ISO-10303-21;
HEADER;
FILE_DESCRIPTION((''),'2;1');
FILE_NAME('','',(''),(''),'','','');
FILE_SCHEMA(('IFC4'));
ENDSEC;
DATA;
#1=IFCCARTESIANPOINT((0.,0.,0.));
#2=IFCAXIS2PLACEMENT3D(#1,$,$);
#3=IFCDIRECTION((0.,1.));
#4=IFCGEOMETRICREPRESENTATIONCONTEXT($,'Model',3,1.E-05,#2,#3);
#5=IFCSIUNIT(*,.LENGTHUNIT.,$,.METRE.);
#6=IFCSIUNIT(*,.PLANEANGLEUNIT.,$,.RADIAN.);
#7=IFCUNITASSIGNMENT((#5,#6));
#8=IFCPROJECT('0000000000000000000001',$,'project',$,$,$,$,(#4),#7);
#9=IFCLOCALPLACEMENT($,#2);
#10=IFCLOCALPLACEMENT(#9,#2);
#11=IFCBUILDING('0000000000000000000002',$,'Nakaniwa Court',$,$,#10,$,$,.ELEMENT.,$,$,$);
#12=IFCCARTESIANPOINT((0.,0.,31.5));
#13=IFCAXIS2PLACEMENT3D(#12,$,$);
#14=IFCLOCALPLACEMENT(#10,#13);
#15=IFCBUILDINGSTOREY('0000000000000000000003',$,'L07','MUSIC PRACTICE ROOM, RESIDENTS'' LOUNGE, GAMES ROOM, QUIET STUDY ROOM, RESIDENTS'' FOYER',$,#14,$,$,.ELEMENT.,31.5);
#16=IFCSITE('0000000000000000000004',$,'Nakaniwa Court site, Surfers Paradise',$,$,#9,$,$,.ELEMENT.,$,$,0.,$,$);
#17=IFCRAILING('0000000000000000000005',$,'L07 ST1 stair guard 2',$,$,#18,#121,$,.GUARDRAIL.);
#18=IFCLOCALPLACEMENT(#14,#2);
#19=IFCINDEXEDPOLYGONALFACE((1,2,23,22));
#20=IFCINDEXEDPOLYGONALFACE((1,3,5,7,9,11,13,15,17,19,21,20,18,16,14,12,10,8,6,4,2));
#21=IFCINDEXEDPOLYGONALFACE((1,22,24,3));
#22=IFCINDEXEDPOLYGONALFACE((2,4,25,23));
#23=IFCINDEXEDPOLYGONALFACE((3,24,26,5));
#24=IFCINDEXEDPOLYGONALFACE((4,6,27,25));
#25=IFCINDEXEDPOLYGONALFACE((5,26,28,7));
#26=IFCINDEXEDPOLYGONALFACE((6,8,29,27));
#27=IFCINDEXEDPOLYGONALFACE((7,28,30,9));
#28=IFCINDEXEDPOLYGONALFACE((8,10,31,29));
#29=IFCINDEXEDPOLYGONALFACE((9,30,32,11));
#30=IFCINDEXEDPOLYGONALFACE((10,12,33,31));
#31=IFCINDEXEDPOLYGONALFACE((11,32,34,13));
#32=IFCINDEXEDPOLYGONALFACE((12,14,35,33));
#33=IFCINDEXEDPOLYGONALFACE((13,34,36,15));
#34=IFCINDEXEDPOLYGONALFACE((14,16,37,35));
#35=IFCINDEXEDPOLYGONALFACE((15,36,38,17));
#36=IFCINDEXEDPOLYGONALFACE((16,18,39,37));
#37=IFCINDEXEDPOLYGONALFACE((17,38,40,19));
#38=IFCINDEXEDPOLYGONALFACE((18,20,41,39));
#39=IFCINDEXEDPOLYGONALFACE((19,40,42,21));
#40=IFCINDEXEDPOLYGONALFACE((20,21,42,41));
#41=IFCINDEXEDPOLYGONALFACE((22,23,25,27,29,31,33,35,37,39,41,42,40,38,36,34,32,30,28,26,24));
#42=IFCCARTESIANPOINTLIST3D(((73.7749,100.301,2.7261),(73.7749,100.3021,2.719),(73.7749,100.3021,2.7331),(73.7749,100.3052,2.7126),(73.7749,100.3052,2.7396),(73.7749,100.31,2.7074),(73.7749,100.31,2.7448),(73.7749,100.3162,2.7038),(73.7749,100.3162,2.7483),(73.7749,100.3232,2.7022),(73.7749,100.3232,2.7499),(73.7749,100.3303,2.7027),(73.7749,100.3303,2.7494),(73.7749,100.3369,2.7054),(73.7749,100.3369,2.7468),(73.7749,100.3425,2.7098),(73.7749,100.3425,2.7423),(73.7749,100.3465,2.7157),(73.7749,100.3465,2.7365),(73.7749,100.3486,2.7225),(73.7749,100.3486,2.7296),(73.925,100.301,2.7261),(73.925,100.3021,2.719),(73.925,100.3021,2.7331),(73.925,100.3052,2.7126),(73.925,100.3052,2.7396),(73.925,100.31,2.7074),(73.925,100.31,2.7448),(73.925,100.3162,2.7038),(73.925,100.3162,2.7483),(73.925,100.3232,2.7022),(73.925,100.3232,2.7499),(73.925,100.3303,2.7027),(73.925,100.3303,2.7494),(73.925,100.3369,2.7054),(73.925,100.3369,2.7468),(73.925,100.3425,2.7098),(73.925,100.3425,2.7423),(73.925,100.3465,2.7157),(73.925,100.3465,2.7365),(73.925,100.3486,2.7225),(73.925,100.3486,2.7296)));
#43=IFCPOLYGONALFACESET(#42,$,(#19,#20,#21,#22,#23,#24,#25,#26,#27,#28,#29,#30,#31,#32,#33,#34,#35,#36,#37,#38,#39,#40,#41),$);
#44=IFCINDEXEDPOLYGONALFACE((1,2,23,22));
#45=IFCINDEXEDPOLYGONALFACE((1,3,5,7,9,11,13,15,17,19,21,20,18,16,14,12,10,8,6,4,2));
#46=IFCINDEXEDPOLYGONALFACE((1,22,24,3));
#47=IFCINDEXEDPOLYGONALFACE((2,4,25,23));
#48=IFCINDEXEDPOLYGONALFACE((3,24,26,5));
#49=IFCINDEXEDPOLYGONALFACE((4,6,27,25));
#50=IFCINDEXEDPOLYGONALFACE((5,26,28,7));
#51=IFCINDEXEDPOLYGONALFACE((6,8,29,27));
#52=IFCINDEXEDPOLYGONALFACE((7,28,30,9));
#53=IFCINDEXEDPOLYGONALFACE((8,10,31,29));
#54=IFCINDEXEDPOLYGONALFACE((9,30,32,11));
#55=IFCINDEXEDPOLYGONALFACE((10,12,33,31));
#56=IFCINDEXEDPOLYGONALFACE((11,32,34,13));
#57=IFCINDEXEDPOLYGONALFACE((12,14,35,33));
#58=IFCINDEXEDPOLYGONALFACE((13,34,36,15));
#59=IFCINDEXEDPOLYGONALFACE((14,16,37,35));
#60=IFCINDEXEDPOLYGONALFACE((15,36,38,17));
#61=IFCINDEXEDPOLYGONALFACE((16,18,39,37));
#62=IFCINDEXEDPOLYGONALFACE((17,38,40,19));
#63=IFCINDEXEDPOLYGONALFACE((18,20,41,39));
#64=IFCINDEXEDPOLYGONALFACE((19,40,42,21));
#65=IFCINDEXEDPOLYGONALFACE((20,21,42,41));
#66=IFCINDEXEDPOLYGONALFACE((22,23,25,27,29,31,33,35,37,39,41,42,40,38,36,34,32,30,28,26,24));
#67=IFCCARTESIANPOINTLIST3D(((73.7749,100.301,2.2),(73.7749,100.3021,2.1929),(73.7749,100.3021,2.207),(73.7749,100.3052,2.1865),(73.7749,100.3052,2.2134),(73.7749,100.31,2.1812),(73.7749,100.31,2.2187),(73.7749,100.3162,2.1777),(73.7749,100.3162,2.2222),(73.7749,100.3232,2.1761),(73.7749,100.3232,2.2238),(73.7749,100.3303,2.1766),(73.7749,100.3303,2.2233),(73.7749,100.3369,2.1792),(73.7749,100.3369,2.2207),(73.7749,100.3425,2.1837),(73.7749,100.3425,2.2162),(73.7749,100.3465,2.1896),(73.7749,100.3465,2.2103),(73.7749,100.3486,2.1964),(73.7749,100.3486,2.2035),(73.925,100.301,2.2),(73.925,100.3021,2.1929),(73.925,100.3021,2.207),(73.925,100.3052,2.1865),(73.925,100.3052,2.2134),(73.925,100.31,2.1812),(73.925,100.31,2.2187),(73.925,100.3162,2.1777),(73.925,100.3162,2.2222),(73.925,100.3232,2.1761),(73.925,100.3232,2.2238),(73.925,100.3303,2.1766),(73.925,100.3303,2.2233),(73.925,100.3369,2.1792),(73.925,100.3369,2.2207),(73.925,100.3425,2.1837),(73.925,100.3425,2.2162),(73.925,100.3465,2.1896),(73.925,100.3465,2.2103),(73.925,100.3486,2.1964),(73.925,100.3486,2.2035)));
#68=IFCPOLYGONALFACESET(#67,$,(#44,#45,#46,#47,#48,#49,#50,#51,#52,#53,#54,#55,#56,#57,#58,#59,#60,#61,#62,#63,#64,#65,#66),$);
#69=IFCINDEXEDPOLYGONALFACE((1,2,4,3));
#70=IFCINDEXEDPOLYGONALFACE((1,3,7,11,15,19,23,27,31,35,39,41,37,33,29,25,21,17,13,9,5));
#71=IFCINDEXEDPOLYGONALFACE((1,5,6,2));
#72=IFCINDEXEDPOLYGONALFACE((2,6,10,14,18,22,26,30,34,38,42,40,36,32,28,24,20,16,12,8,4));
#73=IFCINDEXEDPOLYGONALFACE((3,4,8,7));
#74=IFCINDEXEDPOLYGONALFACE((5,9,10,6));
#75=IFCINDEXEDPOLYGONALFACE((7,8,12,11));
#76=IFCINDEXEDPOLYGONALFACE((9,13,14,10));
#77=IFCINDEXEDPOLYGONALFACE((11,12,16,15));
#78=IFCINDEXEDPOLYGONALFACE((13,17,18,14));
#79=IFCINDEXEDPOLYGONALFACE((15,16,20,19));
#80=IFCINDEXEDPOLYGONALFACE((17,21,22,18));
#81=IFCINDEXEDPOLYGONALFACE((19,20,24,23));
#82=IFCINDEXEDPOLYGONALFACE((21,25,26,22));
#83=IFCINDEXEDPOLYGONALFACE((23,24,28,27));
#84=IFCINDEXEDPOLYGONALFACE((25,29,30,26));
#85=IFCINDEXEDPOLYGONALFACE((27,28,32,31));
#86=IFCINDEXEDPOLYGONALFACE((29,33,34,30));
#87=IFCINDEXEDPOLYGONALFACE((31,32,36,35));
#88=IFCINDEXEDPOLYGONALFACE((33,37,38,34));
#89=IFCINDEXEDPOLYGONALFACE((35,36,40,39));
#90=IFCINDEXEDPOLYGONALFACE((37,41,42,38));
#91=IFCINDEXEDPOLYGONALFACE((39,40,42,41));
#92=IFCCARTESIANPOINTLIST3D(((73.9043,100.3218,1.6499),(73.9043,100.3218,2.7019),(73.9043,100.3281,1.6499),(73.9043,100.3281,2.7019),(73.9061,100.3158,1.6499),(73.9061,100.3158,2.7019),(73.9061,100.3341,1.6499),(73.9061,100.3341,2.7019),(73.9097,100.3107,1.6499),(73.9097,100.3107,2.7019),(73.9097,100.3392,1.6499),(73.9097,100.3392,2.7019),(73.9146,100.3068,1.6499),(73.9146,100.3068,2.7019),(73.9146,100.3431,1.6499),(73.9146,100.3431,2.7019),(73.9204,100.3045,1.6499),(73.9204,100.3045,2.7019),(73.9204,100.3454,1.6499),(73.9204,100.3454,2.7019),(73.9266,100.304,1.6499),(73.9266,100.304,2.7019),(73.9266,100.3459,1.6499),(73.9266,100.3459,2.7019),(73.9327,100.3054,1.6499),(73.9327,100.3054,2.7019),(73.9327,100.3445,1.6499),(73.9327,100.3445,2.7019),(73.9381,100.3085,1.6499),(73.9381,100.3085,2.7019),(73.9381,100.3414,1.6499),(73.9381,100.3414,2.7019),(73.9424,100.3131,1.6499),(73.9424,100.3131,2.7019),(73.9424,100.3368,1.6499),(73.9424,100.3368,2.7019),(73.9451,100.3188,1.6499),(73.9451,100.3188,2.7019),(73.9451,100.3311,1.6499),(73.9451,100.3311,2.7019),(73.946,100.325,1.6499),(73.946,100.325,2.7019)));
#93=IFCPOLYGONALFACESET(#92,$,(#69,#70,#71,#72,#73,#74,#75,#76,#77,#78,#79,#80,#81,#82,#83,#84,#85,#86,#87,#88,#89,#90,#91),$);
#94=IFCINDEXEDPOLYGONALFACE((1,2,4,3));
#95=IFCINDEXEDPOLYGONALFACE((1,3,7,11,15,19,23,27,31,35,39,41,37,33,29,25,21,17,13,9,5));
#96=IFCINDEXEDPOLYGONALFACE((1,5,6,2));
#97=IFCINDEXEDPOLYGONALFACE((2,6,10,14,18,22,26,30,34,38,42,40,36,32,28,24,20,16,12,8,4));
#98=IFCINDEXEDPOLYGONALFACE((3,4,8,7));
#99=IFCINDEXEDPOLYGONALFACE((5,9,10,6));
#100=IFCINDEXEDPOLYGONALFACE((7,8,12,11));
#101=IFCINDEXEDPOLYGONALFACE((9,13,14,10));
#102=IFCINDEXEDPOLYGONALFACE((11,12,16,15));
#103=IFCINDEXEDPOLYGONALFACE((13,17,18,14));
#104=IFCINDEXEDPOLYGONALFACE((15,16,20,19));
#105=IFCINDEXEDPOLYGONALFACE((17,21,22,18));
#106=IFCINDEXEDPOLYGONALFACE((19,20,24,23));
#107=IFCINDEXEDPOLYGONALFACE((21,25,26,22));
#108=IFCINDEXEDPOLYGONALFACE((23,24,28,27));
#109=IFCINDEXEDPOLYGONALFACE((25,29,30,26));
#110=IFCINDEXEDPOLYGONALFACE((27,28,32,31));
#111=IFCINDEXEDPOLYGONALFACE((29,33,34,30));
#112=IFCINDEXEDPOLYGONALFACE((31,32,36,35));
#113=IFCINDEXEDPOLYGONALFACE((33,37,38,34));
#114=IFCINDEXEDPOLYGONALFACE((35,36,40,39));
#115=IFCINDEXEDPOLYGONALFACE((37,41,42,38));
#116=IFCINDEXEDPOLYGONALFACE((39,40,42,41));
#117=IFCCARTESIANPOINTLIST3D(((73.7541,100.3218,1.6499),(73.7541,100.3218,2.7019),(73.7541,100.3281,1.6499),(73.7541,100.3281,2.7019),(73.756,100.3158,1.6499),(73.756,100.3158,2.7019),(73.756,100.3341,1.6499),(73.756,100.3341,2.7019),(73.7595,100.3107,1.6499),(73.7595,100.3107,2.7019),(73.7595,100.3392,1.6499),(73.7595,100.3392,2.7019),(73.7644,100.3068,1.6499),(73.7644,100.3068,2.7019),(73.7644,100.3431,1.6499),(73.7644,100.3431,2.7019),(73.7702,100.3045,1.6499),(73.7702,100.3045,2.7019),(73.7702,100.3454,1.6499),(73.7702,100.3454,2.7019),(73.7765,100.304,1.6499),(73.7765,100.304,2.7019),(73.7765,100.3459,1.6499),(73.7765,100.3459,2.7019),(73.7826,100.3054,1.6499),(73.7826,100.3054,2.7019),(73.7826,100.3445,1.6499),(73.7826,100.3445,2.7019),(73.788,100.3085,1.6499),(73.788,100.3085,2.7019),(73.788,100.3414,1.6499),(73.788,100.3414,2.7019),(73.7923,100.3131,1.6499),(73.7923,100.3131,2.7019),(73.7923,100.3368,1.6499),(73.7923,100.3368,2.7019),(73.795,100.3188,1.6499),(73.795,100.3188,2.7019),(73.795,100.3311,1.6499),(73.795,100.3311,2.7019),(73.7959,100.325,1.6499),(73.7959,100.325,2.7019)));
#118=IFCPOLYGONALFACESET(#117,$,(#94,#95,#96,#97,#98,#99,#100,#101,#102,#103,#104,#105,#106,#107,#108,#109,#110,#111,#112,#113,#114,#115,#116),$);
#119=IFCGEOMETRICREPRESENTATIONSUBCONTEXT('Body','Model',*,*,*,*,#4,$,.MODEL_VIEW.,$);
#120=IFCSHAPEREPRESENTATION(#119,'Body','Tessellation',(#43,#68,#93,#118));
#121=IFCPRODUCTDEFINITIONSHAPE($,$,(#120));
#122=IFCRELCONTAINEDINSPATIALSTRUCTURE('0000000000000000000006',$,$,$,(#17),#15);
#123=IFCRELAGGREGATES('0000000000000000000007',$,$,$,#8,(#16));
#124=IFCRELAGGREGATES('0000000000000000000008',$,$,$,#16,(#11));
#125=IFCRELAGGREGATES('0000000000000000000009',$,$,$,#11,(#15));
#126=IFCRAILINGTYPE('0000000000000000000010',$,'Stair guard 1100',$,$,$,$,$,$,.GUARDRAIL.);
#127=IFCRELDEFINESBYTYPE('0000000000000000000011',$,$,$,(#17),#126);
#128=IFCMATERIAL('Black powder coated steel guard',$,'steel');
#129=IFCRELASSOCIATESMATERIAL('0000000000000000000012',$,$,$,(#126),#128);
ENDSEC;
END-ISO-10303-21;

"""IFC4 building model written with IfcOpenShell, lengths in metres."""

from ifc_helpers import new_model, si_unit, direction, frame, origin, origin_2d, place, context, subcontext, project, spatial, circle, extrude, material, type_object, element, save


model = new_model("IFC4")

# Units and contexts
model_context = context("Model", 3, precision=1e-05, world=origin(), true_north=direction((0.0, 1.0)))
body_context = subcontext(model_context, "Body", "Model", "MODEL_VIEW")
ifc_project = project(units=[si_unit("LENGTHUNIT", "METRE"), si_unit("PLANEANGLEUNIT", "RADIAN")], contexts=[model_context])

# Site, building, storey
site_placement = place(None, origin())
site = spatial("IfcSite", under=ifc_project, at=site_placement, Name="Nakaniwa Court site, Surfers Paradise", CompositionType="ELEMENT", RefElevation=0.0)
building_placement = place(site_placement, origin())
building = spatial("IfcBuilding", under=site, at=building_placement, Name="Nakaniwa Court", CompositionType="ELEMENT")
storey_placement = place(building_placement, frame((0.0, 0.0, 31.5)))
storey = spatial("IfcBuildingStorey", under=building, at=storey_placement, Name="L07", Description="MUSIC PRACTICE ROOM, RESIDENTS' LOUNGE, GAMES ROOM, QUIET STUDY ROOM, RESIDENTS' FOYER", CompositionType="ELEMENT", Elevation=31.5)

# Railing
ifc_material_1 = material(Name="Black powder coated steel guard", Category="steel")
railing_type_1 = type_object("IfcRailingType", Name="Stair guard 1100", PredefinedType="GUARDRAIL", material=ifc_material_1)
railing_1_placement = place(storey_placement, frame((73.925, 100.325, 1.6499)))
element("IfcRailing", 1, at=railing_1_placement, inside=storey, type_object=railing_type_1, Name="L07 ST1 stair guard 2", PredefinedType="GUARDRAIL", context=body_context, shape_type="SweptSolid", body=[
    extrude(circle(Radius=0.0239, at=origin_2d()), frame((0.0, 0.0, 1.0762), z_axis=(-1.0, 0.0, 0.0), x_axis=(0.0, -1.0, 0.0)), (0.0, 0.0, 1.0), 0.1501),
    extrude(circle(Radius=0.0239, at=origin_2d()), frame((0.0, 0.0, 0.55), z_axis=(-1.0, 0.0, 0.0), x_axis=(0.0, -1.0, 0.0)), (0.0, 0.0, 1.0), 0.1501),
    extrude(circle(Radius=0.021, at=origin_2d()), origin(), (0.0, 0.0, 1.0), 1.052),
    extrude(circle(Radius=0.021, at=origin_2d()), frame((-0.1501, 0.0, 0.0)), (0.0, 0.0, 1.0), 1.052),
])

save(model, "model.ifc")
